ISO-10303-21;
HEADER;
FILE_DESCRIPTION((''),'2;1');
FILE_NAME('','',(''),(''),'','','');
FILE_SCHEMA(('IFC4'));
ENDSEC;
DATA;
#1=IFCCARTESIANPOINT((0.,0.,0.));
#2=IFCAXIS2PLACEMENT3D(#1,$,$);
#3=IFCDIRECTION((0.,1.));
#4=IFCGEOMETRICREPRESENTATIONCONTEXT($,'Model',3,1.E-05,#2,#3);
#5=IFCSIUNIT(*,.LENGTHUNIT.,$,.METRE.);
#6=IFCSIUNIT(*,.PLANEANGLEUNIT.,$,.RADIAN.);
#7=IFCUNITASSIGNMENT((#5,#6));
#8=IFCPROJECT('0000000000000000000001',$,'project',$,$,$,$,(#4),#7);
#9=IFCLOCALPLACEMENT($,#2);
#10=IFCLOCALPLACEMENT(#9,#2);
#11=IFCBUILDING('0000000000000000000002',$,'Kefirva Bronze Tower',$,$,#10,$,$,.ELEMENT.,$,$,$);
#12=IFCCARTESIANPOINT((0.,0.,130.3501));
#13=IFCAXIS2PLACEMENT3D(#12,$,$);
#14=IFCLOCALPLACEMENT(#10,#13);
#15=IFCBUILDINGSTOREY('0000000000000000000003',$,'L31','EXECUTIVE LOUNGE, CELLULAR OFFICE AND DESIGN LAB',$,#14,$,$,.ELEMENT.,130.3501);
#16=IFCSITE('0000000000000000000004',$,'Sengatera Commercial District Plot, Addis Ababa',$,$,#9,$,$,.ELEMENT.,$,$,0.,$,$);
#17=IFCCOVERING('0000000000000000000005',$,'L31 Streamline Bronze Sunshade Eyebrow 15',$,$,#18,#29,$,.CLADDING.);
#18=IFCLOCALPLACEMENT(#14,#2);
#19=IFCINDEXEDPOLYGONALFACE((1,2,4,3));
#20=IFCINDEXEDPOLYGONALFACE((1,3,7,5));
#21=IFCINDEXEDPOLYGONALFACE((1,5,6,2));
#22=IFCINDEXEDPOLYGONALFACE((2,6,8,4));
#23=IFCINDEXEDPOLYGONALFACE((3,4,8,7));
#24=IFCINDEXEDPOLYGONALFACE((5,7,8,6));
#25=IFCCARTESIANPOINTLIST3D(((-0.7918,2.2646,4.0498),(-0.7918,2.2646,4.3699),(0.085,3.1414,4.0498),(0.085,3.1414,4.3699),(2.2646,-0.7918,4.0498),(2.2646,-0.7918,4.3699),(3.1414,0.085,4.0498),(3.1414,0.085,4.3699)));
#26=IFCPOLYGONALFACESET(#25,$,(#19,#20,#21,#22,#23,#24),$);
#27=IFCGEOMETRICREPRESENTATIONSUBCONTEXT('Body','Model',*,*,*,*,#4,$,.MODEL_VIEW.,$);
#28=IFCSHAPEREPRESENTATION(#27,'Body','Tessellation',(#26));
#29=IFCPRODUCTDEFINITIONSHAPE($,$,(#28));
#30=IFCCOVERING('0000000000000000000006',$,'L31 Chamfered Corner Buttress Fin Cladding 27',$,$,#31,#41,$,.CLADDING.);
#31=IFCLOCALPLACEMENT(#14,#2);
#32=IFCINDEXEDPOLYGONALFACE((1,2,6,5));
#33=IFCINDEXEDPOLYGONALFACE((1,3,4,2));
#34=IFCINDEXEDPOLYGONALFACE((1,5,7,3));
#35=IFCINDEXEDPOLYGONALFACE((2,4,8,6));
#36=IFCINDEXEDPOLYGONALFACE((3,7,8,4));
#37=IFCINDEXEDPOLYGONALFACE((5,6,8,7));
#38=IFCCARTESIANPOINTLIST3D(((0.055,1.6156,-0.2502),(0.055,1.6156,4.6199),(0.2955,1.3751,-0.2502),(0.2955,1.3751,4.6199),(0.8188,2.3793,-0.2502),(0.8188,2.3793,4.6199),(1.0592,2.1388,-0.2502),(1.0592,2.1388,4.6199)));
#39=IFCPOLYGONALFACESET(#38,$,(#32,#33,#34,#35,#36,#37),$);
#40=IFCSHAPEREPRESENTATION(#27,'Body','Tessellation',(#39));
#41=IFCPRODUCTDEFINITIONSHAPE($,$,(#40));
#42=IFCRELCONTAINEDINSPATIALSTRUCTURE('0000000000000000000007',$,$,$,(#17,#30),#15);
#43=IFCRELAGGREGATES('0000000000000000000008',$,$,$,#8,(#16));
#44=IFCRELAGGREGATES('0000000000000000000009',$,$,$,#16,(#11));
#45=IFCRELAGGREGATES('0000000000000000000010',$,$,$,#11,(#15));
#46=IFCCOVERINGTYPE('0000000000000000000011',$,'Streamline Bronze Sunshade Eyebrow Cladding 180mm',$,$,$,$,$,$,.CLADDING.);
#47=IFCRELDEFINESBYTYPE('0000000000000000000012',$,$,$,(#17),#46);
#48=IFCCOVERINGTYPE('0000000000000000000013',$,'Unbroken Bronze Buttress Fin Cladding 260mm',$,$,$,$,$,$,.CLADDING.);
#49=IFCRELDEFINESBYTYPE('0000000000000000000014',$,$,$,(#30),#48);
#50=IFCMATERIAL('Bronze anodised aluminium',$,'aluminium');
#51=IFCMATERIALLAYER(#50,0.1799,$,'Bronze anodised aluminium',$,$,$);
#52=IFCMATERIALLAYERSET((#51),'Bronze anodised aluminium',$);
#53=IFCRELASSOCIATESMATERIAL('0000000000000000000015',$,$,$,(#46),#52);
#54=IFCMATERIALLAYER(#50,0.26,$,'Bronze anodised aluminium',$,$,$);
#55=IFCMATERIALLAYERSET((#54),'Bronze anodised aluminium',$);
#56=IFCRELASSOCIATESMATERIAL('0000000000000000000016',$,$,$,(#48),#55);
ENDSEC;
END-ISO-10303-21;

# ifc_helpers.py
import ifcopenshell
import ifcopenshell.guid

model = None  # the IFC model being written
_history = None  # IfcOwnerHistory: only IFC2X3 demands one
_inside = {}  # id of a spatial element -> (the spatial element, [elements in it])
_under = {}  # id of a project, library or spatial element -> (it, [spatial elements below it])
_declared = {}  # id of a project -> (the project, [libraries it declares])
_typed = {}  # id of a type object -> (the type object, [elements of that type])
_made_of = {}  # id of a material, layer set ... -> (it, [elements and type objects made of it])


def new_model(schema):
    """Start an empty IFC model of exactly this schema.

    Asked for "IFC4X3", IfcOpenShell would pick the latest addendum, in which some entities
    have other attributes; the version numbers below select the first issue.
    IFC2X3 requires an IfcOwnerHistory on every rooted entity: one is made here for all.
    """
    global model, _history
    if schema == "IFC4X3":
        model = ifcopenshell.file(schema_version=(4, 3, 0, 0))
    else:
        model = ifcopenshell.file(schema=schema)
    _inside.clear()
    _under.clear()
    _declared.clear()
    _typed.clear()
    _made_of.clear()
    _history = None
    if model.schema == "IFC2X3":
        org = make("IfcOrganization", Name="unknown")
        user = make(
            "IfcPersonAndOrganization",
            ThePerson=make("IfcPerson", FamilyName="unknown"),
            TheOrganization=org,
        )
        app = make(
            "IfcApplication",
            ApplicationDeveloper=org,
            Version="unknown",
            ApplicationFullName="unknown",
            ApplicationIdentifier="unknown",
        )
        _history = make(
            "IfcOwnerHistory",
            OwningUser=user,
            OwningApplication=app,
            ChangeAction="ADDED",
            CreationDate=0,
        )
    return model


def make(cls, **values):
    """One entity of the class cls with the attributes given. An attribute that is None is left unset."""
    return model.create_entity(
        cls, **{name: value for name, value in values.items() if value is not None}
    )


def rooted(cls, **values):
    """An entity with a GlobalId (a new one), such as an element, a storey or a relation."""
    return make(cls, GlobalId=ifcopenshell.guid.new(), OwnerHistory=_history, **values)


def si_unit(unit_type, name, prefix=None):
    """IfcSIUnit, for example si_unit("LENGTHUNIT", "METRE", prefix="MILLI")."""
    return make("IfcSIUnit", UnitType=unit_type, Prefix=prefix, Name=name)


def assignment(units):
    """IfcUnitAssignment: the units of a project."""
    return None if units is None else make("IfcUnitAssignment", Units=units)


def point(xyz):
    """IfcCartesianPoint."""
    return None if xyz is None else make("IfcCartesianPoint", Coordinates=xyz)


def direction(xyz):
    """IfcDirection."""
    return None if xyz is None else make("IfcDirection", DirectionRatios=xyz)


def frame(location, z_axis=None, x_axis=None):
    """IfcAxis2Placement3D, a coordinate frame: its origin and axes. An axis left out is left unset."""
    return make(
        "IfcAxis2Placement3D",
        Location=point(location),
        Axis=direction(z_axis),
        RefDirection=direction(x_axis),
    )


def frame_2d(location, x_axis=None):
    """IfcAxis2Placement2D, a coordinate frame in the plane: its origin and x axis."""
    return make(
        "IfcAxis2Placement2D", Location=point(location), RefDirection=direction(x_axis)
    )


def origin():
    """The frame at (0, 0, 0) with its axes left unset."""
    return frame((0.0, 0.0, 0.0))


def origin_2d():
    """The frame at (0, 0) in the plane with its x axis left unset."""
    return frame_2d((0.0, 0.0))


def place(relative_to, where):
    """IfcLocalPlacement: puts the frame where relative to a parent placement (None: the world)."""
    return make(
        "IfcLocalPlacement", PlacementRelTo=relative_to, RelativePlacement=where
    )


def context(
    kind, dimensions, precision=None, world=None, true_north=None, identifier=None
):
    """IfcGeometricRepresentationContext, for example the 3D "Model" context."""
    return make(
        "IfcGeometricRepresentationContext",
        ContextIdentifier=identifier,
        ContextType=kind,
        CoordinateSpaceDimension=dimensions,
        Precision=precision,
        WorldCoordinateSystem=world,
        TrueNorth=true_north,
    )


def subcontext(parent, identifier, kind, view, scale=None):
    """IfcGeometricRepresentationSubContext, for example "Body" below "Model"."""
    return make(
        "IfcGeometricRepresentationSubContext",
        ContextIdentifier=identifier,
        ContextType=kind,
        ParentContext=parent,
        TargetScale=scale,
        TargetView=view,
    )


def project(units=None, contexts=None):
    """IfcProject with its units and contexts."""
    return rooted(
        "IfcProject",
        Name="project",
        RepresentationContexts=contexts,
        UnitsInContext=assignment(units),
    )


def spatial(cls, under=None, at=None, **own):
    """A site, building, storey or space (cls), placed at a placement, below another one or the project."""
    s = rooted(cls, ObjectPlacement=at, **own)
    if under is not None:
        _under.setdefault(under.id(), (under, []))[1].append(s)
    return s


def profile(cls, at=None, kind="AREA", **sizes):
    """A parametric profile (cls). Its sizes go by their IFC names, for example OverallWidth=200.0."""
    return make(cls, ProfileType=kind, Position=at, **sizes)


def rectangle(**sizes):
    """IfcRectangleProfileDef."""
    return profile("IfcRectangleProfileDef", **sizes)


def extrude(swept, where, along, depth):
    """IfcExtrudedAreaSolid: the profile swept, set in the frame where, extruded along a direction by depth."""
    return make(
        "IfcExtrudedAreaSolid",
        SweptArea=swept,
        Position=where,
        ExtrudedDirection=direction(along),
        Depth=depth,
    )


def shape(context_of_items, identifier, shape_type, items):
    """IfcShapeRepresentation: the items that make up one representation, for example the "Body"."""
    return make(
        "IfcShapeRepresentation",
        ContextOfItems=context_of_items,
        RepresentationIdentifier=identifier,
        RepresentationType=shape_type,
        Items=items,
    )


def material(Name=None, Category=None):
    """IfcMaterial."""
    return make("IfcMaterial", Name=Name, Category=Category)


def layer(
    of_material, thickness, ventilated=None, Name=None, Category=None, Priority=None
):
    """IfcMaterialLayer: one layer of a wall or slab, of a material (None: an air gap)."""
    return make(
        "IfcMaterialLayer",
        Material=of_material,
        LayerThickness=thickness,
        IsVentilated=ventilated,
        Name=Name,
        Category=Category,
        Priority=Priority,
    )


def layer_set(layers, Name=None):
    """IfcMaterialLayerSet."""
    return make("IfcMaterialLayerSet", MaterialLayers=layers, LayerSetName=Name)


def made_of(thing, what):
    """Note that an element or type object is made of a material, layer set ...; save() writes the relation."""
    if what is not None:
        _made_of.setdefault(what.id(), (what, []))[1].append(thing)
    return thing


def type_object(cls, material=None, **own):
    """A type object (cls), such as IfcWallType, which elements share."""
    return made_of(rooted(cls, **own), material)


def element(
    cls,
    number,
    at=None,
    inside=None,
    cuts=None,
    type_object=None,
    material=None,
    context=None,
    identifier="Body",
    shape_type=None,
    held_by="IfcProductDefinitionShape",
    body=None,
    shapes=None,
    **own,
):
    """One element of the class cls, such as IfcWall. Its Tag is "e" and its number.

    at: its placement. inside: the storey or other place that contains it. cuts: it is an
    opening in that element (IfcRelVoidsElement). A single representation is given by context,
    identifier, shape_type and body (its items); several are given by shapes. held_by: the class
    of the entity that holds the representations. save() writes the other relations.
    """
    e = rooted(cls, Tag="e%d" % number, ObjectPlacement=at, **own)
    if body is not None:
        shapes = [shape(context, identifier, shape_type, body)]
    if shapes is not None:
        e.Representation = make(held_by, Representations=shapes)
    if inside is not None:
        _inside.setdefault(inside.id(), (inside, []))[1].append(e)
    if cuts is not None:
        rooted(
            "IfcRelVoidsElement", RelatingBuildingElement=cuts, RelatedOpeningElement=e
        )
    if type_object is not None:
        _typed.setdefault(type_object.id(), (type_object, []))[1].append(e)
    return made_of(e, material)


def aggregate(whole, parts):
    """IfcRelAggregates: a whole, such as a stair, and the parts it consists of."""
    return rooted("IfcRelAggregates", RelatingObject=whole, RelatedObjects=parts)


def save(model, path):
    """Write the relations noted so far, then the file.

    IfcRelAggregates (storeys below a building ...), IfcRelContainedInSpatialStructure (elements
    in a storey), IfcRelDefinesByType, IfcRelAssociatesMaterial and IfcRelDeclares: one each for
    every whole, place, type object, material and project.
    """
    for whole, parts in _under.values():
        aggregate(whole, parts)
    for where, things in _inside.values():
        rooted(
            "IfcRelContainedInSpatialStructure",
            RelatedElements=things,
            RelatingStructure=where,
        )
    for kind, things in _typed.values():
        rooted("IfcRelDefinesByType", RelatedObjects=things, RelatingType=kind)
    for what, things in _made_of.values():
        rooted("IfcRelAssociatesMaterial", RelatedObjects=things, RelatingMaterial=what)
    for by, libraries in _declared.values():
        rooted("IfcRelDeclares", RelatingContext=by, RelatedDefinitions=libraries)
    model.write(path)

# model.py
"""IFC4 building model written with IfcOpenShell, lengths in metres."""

from ifc_helpers import new_model, si_unit, direction, frame, origin, origin_2d, place, context, subcontext, project, spatial, rectangle, extrude, material, layer, layer_set, type_object, element, save


model = new_model("IFC4")

# Units and contexts
model_context = context("Model", 3, precision=1e-05, world=origin(), true_north=direction((0.0, 1.0)))
body_context = subcontext(model_context, "Body", "Model", "MODEL_VIEW")
ifc_project = project(units=[si_unit("LENGTHUNIT", "METRE"), si_unit("PLANEANGLEUNIT", "RADIAN")], contexts=[model_context])

# Site, building, storey
site_placement = place(None, origin())
site = spatial("IfcSite", under=ifc_project, at=site_placement, Name="Sengatera Commercial District Plot, Addis Ababa", CompositionType="ELEMENT", RefElevation=0.0)
building_placement = place(site_placement, origin())
building = spatial("IfcBuilding", under=site, at=building_placement, Name="Kefirva Bronze Tower", CompositionType="ELEMENT")
storey_placement = place(building_placement, frame((0.0, 0.0, 130.3501)))
storey = spatial("IfcBuildingStorey", under=building, at=storey_placement, Name="L31", Description="EXECUTIVE LOUNGE, CELLULAR OFFICE AND DESIGN LAB", CompositionType="ELEMENT", Elevation=130.3501)

# Shared definitions
ifc_material_1 = material(Name="Bronze anodised aluminium", Category="aluminium")

# Coverings
ifc_layer_1 = layer(ifc_material_1, 0.1799, Name="Bronze anodised aluminium")
ifc_layer_set_1 = layer_set([ifc_layer_1], Name="Bronze anodised aluminium")
covering_type_1 = type_object("IfcCoveringType", Name="Streamline Bronze Sunshade Eyebrow Cladding 180mm", PredefinedType="CLADDING", material=ifc_layer_set_1)
covering_1_placement = place(storey_placement, frame((1.1748, 1.1748, 4.0498), z_axis=(0.0, 0.0, 1.0), x_axis=(0.707107, -0.707107, 0.0)))
element("IfcCovering", 1, at=covering_1_placement, inside=storey, type_object=covering_type_1, Name="L31 Streamline Bronze Sunshade Eyebrow 15", PredefinedType="CLADDING", context=body_context, shape_type="SweptSolid", body=[
    extrude(rectangle(XDim=4.3225, YDim=1.24, at=origin_2d()), origin(), (0.0, 0.0, 1.0), 0.3201),
])
ifc_layer_2 = layer(ifc_material_1, 0.26, Name="Bronze anodised aluminium")
ifc_layer_set_2 = layer_set([ifc_layer_2], Name="Bronze anodised aluminium")
covering_type_2 = type_object("IfcCoveringType", Name="Unbroken Bronze Buttress Fin Cladding 260mm", PredefinedType="CLADDING", material=ifc_layer_set_2)
covering_2_placement = place(storey_placement, frame((0.5571, 1.8772, -0.2502), z_axis=(0.0, 0.0, 1.0), x_axis=(0.707107, -0.707107, 0.0)))
element("IfcCovering", 2, at=covering_2_placement, inside=storey, type_object=covering_type_2, Name="L31 Chamfered Corner Buttress Fin Cladding 27", PredefinedType="CLADDING", context=body_context, shape_type="SweptSolid", body=[
    extrude(rectangle(XDim=0.3401, YDim=1.0801, at=origin_2d()), origin(), (0.0, 0.0, 1.0), 4.8701),
])

save(model, "model.ifc")
